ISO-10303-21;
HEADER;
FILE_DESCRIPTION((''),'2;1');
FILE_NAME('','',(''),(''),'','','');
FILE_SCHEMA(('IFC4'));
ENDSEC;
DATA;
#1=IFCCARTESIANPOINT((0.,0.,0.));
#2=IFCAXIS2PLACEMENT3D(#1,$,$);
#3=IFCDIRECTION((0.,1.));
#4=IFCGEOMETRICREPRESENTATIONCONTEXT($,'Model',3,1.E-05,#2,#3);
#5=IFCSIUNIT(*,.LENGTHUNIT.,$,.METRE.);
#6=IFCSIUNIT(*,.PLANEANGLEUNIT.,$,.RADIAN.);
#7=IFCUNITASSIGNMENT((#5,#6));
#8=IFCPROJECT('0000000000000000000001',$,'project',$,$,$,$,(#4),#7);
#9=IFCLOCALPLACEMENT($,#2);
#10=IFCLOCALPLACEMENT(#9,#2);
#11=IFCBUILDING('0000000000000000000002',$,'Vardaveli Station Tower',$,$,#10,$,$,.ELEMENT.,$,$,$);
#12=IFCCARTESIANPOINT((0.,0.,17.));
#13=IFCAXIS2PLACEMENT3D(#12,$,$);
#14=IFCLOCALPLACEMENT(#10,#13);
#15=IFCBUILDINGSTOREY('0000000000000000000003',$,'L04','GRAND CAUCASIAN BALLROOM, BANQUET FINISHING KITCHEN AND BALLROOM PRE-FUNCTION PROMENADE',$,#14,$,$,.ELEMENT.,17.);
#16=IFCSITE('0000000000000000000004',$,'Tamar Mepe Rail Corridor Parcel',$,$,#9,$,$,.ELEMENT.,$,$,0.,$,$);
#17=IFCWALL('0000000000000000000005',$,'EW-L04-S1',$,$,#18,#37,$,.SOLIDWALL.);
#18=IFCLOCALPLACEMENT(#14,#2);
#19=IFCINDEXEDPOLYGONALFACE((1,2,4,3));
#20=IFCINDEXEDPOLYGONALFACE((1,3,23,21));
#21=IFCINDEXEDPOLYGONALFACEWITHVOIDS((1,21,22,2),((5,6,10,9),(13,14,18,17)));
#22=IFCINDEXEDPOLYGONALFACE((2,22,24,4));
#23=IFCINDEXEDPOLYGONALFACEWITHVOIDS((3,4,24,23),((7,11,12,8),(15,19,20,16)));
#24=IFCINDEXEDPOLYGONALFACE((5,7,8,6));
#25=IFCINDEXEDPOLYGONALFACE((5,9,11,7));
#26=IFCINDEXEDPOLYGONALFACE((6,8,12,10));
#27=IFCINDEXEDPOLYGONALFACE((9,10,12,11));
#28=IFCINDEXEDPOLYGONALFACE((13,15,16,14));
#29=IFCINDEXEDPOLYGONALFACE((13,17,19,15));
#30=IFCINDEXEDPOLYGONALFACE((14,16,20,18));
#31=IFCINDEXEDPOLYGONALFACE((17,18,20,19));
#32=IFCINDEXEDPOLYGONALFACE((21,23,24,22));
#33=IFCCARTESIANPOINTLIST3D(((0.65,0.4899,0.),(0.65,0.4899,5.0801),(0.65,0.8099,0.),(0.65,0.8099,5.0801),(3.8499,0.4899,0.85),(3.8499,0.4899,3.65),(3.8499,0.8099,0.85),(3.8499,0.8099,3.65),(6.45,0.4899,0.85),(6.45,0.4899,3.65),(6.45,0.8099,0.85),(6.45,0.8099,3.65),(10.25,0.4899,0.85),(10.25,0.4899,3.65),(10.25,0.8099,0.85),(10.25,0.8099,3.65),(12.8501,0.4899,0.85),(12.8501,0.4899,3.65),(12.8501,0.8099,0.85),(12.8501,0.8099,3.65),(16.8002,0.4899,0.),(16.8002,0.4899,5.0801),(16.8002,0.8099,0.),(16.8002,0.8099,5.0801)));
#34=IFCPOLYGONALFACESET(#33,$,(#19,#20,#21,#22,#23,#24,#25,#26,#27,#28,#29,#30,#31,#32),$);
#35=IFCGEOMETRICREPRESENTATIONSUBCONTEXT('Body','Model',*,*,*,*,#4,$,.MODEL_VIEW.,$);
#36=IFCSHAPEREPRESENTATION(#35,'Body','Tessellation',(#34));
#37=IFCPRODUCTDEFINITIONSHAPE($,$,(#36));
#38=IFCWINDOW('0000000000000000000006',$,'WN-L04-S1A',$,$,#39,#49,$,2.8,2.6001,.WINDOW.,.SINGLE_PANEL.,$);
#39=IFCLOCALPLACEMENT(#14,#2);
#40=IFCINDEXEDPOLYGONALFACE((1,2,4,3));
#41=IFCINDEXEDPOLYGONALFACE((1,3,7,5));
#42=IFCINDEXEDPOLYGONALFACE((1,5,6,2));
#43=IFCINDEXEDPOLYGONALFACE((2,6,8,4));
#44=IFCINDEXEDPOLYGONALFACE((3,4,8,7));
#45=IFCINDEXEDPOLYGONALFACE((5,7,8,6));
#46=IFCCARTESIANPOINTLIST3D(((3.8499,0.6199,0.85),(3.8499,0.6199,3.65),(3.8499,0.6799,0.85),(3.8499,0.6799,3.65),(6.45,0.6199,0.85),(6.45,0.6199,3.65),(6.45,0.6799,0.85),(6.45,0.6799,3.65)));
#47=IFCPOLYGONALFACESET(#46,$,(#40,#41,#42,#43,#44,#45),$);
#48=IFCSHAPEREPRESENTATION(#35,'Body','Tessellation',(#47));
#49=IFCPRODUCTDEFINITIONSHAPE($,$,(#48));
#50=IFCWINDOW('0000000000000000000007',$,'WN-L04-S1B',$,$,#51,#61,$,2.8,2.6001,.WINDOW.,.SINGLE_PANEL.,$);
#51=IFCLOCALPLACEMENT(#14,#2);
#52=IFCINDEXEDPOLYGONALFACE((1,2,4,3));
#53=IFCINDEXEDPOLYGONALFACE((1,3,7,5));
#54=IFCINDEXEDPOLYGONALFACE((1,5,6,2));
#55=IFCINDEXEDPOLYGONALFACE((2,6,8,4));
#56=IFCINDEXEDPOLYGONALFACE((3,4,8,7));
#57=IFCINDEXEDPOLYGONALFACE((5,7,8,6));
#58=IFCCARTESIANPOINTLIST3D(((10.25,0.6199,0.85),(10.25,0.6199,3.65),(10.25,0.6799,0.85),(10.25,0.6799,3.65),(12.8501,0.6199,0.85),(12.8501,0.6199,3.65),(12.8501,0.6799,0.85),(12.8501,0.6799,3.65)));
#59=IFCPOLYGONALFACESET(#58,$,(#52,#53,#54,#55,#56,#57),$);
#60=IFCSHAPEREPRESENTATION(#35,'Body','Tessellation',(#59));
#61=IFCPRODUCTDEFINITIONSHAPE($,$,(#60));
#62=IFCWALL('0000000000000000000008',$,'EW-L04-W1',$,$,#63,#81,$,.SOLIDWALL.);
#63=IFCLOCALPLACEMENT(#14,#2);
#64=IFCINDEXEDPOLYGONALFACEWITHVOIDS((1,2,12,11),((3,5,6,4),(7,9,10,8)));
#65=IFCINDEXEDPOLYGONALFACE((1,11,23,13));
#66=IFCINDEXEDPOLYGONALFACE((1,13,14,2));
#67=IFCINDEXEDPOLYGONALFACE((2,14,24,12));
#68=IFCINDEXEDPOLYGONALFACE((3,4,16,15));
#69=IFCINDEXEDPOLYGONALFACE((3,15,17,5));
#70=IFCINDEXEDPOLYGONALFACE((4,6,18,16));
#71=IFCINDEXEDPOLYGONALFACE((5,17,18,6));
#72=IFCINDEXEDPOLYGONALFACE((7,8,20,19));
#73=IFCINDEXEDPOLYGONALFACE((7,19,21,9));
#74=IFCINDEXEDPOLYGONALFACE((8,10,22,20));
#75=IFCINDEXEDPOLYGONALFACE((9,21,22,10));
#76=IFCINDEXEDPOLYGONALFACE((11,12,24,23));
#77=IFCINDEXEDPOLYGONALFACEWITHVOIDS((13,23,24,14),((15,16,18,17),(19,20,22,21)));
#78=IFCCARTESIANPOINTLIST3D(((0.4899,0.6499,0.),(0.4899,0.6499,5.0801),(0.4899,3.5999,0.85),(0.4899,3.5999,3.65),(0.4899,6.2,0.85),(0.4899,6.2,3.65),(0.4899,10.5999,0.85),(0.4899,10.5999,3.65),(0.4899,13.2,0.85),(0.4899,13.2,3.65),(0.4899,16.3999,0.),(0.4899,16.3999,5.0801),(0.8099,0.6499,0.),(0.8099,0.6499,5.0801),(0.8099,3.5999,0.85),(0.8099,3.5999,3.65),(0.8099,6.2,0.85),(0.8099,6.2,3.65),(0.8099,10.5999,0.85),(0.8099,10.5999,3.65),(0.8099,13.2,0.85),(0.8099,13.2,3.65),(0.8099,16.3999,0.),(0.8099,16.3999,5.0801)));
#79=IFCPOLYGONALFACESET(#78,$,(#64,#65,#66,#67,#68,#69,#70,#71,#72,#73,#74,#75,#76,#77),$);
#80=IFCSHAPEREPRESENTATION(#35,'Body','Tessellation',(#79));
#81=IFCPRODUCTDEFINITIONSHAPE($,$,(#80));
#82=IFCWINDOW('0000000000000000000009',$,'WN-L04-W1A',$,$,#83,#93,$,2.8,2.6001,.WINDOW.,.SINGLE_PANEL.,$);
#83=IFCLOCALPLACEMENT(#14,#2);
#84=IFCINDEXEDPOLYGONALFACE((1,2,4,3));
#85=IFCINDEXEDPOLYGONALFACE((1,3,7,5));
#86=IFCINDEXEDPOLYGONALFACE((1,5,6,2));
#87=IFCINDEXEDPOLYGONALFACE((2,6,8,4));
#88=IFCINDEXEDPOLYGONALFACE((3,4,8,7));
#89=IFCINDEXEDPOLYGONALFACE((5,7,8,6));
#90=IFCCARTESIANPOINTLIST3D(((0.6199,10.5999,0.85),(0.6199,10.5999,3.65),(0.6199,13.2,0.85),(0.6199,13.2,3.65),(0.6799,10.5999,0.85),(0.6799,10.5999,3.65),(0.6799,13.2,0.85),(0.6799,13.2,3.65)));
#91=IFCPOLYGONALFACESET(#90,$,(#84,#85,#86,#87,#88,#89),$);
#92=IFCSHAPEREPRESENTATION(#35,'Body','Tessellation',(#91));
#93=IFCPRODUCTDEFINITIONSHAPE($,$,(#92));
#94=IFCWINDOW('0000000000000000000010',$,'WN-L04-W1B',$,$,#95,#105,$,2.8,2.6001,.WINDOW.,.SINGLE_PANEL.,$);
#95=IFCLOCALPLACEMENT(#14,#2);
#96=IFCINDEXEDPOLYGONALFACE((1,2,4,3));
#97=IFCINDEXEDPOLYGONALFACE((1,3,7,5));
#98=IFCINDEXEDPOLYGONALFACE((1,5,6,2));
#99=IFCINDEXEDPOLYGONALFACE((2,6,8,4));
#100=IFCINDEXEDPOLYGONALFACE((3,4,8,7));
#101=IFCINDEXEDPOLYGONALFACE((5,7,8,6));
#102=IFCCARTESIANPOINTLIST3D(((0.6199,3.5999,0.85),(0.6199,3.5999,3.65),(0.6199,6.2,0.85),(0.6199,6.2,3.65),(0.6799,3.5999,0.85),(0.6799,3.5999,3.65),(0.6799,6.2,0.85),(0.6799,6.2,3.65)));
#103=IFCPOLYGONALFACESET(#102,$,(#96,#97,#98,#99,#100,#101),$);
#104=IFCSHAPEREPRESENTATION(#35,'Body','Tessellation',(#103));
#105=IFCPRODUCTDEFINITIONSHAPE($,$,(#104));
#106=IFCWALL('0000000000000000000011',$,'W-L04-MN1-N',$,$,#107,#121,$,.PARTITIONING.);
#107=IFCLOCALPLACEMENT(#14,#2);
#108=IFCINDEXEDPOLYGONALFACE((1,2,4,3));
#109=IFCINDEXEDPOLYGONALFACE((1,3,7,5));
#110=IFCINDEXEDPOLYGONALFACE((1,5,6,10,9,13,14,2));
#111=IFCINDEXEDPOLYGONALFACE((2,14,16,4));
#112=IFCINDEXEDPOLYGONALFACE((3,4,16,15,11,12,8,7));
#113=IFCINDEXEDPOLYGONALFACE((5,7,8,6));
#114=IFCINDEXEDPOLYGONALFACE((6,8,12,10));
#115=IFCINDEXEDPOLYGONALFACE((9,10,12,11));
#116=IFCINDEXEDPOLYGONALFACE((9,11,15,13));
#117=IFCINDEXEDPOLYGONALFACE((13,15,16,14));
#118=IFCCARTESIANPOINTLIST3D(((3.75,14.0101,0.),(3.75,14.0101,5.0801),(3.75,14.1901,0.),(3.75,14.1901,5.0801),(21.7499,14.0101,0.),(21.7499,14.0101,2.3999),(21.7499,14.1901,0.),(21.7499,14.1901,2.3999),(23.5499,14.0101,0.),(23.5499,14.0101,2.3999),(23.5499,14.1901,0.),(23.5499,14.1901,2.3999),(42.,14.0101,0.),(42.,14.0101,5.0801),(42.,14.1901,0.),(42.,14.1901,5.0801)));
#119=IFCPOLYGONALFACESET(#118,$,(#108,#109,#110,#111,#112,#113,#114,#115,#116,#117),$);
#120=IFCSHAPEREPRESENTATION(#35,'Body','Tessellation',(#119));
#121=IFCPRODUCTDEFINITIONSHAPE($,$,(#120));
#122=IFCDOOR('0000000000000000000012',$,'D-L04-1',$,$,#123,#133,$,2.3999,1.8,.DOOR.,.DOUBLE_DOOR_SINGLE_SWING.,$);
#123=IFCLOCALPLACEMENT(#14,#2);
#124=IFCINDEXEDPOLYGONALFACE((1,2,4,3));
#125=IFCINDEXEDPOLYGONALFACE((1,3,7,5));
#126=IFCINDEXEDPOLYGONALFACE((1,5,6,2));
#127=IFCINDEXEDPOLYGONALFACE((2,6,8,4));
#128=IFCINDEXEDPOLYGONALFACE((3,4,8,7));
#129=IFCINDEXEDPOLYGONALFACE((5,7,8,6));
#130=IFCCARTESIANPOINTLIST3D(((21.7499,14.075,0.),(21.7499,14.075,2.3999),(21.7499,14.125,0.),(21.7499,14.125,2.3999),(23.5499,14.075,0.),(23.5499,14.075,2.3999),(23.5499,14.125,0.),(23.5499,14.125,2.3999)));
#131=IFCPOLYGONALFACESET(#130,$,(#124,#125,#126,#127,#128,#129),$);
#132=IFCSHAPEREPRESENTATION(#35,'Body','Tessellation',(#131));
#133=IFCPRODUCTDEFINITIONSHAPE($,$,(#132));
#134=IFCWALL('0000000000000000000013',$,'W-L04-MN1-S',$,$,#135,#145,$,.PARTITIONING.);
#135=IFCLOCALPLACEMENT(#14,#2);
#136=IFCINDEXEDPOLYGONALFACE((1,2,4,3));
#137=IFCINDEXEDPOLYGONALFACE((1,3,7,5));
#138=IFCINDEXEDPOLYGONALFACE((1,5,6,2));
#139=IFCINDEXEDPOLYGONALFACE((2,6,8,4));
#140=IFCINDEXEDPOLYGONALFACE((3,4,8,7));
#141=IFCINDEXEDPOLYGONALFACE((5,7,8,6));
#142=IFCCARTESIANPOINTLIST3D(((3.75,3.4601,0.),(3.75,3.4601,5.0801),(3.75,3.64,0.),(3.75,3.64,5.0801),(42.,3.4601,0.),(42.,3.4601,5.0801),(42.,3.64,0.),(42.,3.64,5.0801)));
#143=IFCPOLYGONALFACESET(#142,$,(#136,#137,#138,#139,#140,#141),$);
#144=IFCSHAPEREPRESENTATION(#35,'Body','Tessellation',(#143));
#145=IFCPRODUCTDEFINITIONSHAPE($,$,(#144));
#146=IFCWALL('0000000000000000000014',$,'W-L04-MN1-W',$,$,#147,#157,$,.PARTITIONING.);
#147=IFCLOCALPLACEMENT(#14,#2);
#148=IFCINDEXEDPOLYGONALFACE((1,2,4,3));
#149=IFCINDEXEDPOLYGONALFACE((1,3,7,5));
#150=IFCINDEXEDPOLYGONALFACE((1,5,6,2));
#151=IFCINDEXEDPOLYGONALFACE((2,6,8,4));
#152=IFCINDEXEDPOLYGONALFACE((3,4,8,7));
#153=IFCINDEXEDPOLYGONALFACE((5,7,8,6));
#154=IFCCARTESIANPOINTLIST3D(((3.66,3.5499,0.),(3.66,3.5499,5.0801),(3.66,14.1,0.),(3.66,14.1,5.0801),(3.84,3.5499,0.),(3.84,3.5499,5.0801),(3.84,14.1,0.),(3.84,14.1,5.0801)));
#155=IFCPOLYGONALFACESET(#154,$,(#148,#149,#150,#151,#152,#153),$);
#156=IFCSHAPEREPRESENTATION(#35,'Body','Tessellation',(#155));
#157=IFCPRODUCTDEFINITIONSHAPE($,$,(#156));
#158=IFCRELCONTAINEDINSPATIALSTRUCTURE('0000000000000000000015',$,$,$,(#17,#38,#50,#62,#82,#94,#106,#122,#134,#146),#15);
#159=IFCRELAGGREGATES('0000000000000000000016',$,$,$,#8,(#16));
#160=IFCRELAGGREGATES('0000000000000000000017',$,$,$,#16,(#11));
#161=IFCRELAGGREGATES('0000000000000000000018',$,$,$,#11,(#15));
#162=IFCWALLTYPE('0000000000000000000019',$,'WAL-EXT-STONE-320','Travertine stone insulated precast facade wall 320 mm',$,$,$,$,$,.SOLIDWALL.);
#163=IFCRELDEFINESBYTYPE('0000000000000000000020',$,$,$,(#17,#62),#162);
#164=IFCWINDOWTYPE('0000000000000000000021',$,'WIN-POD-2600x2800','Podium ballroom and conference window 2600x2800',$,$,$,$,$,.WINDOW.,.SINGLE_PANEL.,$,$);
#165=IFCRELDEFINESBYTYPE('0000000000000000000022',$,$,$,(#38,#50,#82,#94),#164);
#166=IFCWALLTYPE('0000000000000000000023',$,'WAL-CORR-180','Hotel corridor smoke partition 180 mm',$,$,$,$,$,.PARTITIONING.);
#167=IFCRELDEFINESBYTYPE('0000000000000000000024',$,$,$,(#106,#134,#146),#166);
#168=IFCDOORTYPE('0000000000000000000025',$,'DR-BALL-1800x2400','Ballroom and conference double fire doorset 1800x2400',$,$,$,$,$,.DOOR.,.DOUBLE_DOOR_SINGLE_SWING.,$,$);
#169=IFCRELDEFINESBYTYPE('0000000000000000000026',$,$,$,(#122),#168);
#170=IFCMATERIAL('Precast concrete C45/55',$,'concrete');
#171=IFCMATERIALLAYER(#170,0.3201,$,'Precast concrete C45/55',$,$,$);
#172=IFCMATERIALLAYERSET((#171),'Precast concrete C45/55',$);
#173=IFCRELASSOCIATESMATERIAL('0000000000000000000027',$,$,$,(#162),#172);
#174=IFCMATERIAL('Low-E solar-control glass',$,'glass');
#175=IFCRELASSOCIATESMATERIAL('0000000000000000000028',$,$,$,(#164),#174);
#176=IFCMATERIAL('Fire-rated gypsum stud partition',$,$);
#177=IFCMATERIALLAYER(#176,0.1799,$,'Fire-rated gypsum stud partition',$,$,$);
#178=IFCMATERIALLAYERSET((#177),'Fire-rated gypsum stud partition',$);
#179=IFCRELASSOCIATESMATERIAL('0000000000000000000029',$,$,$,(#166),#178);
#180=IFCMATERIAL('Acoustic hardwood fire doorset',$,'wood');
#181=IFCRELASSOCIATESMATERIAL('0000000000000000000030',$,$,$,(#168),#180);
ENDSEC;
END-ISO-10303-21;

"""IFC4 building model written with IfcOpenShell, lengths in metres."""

from ifc_helpers import new_model, si_unit, direction, frame, frame_2d, origin, place, context, subcontext, project, spatial, rectangle, extrude, source, transform, mapped, material, layer, layer_set, type_object, element, fill, save


model = new_model("IFC4")

# Units and contexts
model_context = context("Model", 3, precision=1e-05, world=origin(), true_north=direction((0.0, 1.0)))
body_context = subcontext(model_context, "Body", "Model", "MODEL_VIEW")
ifc_project = project(units=[si_unit("LENGTHUNIT", "METRE"), si_unit("PLANEANGLEUNIT", "RADIAN")], contexts=[model_context])

# Site, building, storey
site_placement = place(None, origin())
site = spatial("IfcSite", under=ifc_project, at=site_placement, Name="Tamar Mepe Rail Corridor Parcel", CompositionType="ELEMENT", RefElevation=0.0)
building_placement = place(site_placement, origin())
building = spatial("IfcBuilding", under=site, at=building_placement, Name="Vardaveli Station Tower", CompositionType="ELEMENT")
storey_placement = place(building_placement, frame((0.0, 0.0, 17.0)))
storey = spatial("IfcBuildingStorey", under=building, at=storey_placement, Name="L04", Description="GRAND CAUCASIAN BALLROOM, BANQUET FINISHING KITCHEN AND BALLROOM PRE-FUNCTION PROMENADE", CompositionType="ELEMENT", Elevation=17.0)

# Walls, openings, windows
ifc_material_1 = material(Name="Precast concrete C45/55", Category="concrete")
ifc_layer_1 = layer(ifc_material_1, 0.3201, Name="Precast concrete C45/55")
ifc_layer_set_1 = layer_set([ifc_layer_1], Name="Precast concrete C45/55")
wall_type_1 = type_object("IfcWallType", Name="WAL-EXT-STONE-320", Description="Travertine stone insulated precast facade wall 320 mm", PredefinedType="SOLIDWALL", material=ifc_layer_set_1)
shared_shape_1 = source(origin(), body_context, "Body", "SweptSolid", [
    extrude(rectangle(XDim=16.1501, YDim=0.3201, at=frame_2d((8.0752, 0.0))), origin(), (0.0, 0.0, 1.0), 5.0801),
])
wall_1_placement = place(storey_placement, frame((0.6499, 0.6499, 0.0), z_axis=(0.0, 0.0, 1.0), x_axis=(1.0, 0.0, 0.0)))
wall_1 = element("IfcWall", 1, at=wall_1_placement, inside=storey, type_object=wall_type_1, Name="EW-L04-S1", PredefinedType="SOLIDWALL", context=body_context, shape_type="MappedRepresentation", body=[
    mapped(shared_shape_1, transform((0.0, 0.0, 0.0), scale=1.0)),
])
shared_shape_2 = source(origin(), body_context, "Body", "SweptSolid", [
    extrude(rectangle(XDim=2.6001, YDim=2.8, at=frame_2d((1.3, 1.3999))), frame((0.0, 0.1699, 0.0), z_axis=(0.0, -1.0, 0.0), x_axis=(1.0, 0.0, 0.0)), (0.0, 0.0, 1.0), 0.3401),
])
opening_1_placement = place(wall_1_placement, frame((3.2, 0.0, 0.8501)))
opening_1 = element("IfcOpeningElement", 2, at=opening_1_placement, cuts=wall_1, PredefinedType="OPENING", context=body_context, shape_type="MappedRepresentation", body=[
    mapped(shared_shape_2, transform((0.0, 0.0, 0.0), scale=1.0)),
])
opening_2_placement = place(wall_1_placement, frame((9.6001, 0.0, 0.8501)))
opening_2 = element("IfcOpeningElement", 3, at=opening_2_placement, cuts=wall_1, PredefinedType="OPENING", context=body_context, shape_type="MappedRepresentation", body=[
    mapped(shared_shape_2, transform((0.0, 0.0, 0.0), scale=1.0)),
])
ifc_material_2 = material(Name="Low-E solar-control glass", Category="glass")
window_type = type_object("IfcWindowType", Name="WIN-POD-2600x2800", Description="Podium ballroom and conference window 2600x2800", PartitioningType="SINGLE_PANEL", PredefinedType="WINDOW", material=ifc_material_2)
shared_shape_3 = source(origin(), body_context, "Body", "SweptSolid", [
    extrude(rectangle(XDim=2.6001, YDim=2.8, at=frame_2d((1.3, 1.3999))), frame((0.0, 0.03, 0.0), z_axis=(0.0, -1.0, 0.0), x_axis=(1.0, 0.0, 0.0)), (0.0, 0.0, 1.0), 0.0601),
])
window_1_placement = place(opening_1_placement, origin())
window_1 = element("IfcWindow", 4, at=window_1_placement, inside=storey, type_object=window_type, Name="WN-L04-S1A", OverallHeight=2.8, OverallWidth=2.6001, PartitioningType="SINGLE_PANEL", PredefinedType="WINDOW", context=body_context, shape_type="MappedRepresentation", body=[
    mapped(shared_shape_3, transform((0.0, 0.0, 0.0), scale=1.0)),
])
fill(opening_1, window_1)
window_2_placement = place(opening_2_placement, origin())
window_2 = element("IfcWindow", 5, at=window_2_placement, inside=storey, type_object=window_type, Name="WN-L04-S1B", OverallHeight=2.8, OverallWidth=2.6001, PartitioningType="SINGLE_PANEL", PredefinedType="WINDOW", context=body_context, shape_type="MappedRepresentation", body=[
    mapped(shared_shape_3, transform((0.0, 0.0, 0.0), scale=1.0)),
])
fill(opening_2, window_2)
shared_shape_4 = source(origin(), body_context, "Body", "SweptSolid", [
    extrude(rectangle(XDim=15.75, YDim=0.3201, at=frame_2d((7.875, 0.0))), origin(), (0.0, 0.0, 1.0), 5.0801),
])
wall_2_placement = place(storey_placement, frame((0.6499, 16.3999, 0.0), z_axis=(0.0, 0.0, 1.0), x_axis=(0.0, -1.0, 0.0)))
wall_2 = element("IfcWall", 6, at=wall_2_placement, inside=storey, type_object=wall_type_1, Name="EW-L04-W1", PredefinedType="SOLIDWALL", context=body_context, shape_type="MappedRepresentation", body=[
    mapped(shared_shape_4, transform((0.0, 0.0, 0.0), scale=1.0)),
])
opening_3_placement = place(wall_2_placement, frame((3.2, 0.0, 0.8501)))
opening_3 = element("IfcOpeningElement", 7, at=opening_3_placement, cuts=wall_2, PredefinedType="OPENING", context=body_context, shape_type="MappedRepresentation", body=[
    mapped(shared_shape_2, transform((0.0, 0.0, 0.0), scale=1.0)),
])
opening_4_placement = place(wall_2_placement, frame((10.2, 0.0, 0.8501)))
opening_4 = element("IfcOpeningElement", 8, at=opening_4_placement, cuts=wall_2, PredefinedType="OPENING", context=body_context, shape_type="MappedRepresentation", body=[
    mapped(shared_shape_2, transform((0.0, 0.0, 0.0), scale=1.0)),
])
window_3_placement = place(opening_3_placement, origin())
window_3 = element("IfcWindow", 9, at=window_3_placement, inside=storey, type_object=window_type, Name="WN-L04-W1A", OverallHeight=2.8, OverallWidth=2.6001, PartitioningType="SINGLE_PANEL", PredefinedType="WINDOW", context=body_context, shape_type="MappedRepresentation", body=[
    mapped(shared_shape_3, transform((0.0, 0.0, 0.0), scale=1.0)),
])
fill(opening_3, window_3)
window_4_placement = place(opening_4_placement, origin())
window_4 = element("IfcWindow", 10, at=window_4_placement, inside=storey, type_object=window_type, Name="WN-L04-W1B", OverallHeight=2.8, OverallWidth=2.6001, PartitioningType="SINGLE_PANEL", PredefinedType="WINDOW", context=body_context, shape_type="MappedRepresentation", body=[
    mapped(shared_shape_3, transform((0.0, 0.0, 0.0), scale=1.0)),
])
fill(opening_4, window_4)

# Wall, opening, door
ifc_material_3 = material(Name="Fire-rated gypsum stud partition")
ifc_layer_2 = layer(ifc_material_3, 0.1799, Name="Fire-rated gypsum stud partition")
ifc_layer_set_2 = layer_set([ifc_layer_2], Name="Fire-rated gypsum stud partition")
wall_type_2 = type_object("IfcWallType", Name="WAL-CORR-180", Description="Hotel corridor smoke partition 180 mm", PredefinedType="PARTITIONING", material=ifc_layer_set_2)
shared_shape_5 = source(origin(), body_context, "Body", "SweptSolid", [
    extrude(rectangle(XDim=38.25, YDim=0.1799, at=frame_2d((19.125, 0.0))), origin(), (0.0, 0.0, 1.0), 5.0801),
])
wall_3_placement = place(storey_placement, frame((3.75, 14.1001, 0.0), z_axis=(0.0, 0.0, 1.0), x_axis=(1.0, 0.0, 0.0)))
wall_3 = element("IfcWall", 11, at=wall_3_placement, inside=storey, type_object=wall_type_2, Name="W-L04-MN1-N", PredefinedType="PARTITIONING", context=body_context, shape_type="MappedRepresentation", body=[
    mapped(shared_shape_5, transform((0.0, 0.0, 0.0), scale=1.0)),
])
shared_shape_6 = source(origin(), body_context, "Body", "SweptSolid", [
    extrude(rectangle(XDim=1.8, YDim=2.3999, at=frame_2d((0.8999, 1.2))), frame((0.0, 0.1001, 0.0), z_axis=(0.0, -1.0, 0.0), x_axis=(1.0, 0.0, 0.0)), (0.0, 0.0, 1.0), 0.2),
])
opening_5_placement = place(wall_3_placement, frame((18.0, 0.0, 0.0)))
opening_5 = element("IfcOpeningElement", 12, at=opening_5_placement, cuts=wall_3, PredefinedType="OPENING", context=body_context, shape_type="MappedRepresentation", body=[
    mapped(shared_shape_6, transform((0.0, 0.0, 0.0), scale=1.0)),
])
ifc_material_4 = material(Name="Acoustic hardwood fire doorset", Category="wood")
door_type = type_object("IfcDoorType", Name="DR-BALL-1800x2400", Description="Ballroom and conference double fire doorset 1800x2400", OperationType="DOUBLE_DOOR_SINGLE_SWING", PredefinedType="DOOR", material=ifc_material_4)
shared_shape_7 = source(origin(), body_context, "Body", "SweptSolid", [
    extrude(rectangle(XDim=1.8, YDim=2.3999, at=frame_2d((0.8999, 1.2))), frame((0.0, 0.0249, 0.0), z_axis=(0.0, -1.0, 0.0), x_axis=(1.0, 0.0, 0.0)), (0.0, 0.0, 1.0), 0.05),
])
door_placement = place(opening_5_placement, origin())
door = element("IfcDoor", 13, at=door_placement, inside=storey, type_object=door_type, Name="D-L04-1", OperationType="DOUBLE_DOOR_SINGLE_SWING", OverallHeight=2.3999, OverallWidth=1.8, PredefinedType="DOOR", context=body_context, shape_type="MappedRepresentation", body=[
    mapped(shared_shape_7, transform((0.0, 0.0, 0.0), scale=1.0)),
])
fill(opening_5, door)

# Walls
wall_4_placement = place(storey_placement, frame((3.75, 3.55, 0.0), z_axis=(0.0, 0.0, 1.0), x_axis=(1.0, 0.0, 0.0)))
element("IfcWall", 14, at=wall_4_placement, inside=storey, type_object=wall_type_2, Name="W-L04-MN1-S", PredefinedType="PARTITIONING", context=body_context, shape_type="MappedRepresentation", body=[
    mapped(shared_shape_5, transform((0.0, 0.0, 0.0), scale=1.0)),
])
shared_shape_8 = source(origin(), body_context, "Body", "SweptSolid", [
    extrude(rectangle(XDim=10.55, YDim=0.1799, at=frame_2d((5.2749, 0.0))), origin(), (0.0, 0.0, 1.0), 5.0801),
])
wall_5_placement = place(storey_placement, frame((3.75, 3.55, 0.0), z_axis=(0.0, 0.0, 1.0), x_axis=(0.0, 1.0, 0.0)))
element("IfcWall", 15, at=wall_5_placement, inside=storey, type_object=wall_type_2, Name="W-L04-MN1-W", PredefinedType="PARTITIONING", context=body_context, shape_type="MappedRepresentation", body=[
    mapped(shared_shape_8, transform((0.0, 0.0, 0.0), scale=1.0)),
])

save(model, "model.ifc")
